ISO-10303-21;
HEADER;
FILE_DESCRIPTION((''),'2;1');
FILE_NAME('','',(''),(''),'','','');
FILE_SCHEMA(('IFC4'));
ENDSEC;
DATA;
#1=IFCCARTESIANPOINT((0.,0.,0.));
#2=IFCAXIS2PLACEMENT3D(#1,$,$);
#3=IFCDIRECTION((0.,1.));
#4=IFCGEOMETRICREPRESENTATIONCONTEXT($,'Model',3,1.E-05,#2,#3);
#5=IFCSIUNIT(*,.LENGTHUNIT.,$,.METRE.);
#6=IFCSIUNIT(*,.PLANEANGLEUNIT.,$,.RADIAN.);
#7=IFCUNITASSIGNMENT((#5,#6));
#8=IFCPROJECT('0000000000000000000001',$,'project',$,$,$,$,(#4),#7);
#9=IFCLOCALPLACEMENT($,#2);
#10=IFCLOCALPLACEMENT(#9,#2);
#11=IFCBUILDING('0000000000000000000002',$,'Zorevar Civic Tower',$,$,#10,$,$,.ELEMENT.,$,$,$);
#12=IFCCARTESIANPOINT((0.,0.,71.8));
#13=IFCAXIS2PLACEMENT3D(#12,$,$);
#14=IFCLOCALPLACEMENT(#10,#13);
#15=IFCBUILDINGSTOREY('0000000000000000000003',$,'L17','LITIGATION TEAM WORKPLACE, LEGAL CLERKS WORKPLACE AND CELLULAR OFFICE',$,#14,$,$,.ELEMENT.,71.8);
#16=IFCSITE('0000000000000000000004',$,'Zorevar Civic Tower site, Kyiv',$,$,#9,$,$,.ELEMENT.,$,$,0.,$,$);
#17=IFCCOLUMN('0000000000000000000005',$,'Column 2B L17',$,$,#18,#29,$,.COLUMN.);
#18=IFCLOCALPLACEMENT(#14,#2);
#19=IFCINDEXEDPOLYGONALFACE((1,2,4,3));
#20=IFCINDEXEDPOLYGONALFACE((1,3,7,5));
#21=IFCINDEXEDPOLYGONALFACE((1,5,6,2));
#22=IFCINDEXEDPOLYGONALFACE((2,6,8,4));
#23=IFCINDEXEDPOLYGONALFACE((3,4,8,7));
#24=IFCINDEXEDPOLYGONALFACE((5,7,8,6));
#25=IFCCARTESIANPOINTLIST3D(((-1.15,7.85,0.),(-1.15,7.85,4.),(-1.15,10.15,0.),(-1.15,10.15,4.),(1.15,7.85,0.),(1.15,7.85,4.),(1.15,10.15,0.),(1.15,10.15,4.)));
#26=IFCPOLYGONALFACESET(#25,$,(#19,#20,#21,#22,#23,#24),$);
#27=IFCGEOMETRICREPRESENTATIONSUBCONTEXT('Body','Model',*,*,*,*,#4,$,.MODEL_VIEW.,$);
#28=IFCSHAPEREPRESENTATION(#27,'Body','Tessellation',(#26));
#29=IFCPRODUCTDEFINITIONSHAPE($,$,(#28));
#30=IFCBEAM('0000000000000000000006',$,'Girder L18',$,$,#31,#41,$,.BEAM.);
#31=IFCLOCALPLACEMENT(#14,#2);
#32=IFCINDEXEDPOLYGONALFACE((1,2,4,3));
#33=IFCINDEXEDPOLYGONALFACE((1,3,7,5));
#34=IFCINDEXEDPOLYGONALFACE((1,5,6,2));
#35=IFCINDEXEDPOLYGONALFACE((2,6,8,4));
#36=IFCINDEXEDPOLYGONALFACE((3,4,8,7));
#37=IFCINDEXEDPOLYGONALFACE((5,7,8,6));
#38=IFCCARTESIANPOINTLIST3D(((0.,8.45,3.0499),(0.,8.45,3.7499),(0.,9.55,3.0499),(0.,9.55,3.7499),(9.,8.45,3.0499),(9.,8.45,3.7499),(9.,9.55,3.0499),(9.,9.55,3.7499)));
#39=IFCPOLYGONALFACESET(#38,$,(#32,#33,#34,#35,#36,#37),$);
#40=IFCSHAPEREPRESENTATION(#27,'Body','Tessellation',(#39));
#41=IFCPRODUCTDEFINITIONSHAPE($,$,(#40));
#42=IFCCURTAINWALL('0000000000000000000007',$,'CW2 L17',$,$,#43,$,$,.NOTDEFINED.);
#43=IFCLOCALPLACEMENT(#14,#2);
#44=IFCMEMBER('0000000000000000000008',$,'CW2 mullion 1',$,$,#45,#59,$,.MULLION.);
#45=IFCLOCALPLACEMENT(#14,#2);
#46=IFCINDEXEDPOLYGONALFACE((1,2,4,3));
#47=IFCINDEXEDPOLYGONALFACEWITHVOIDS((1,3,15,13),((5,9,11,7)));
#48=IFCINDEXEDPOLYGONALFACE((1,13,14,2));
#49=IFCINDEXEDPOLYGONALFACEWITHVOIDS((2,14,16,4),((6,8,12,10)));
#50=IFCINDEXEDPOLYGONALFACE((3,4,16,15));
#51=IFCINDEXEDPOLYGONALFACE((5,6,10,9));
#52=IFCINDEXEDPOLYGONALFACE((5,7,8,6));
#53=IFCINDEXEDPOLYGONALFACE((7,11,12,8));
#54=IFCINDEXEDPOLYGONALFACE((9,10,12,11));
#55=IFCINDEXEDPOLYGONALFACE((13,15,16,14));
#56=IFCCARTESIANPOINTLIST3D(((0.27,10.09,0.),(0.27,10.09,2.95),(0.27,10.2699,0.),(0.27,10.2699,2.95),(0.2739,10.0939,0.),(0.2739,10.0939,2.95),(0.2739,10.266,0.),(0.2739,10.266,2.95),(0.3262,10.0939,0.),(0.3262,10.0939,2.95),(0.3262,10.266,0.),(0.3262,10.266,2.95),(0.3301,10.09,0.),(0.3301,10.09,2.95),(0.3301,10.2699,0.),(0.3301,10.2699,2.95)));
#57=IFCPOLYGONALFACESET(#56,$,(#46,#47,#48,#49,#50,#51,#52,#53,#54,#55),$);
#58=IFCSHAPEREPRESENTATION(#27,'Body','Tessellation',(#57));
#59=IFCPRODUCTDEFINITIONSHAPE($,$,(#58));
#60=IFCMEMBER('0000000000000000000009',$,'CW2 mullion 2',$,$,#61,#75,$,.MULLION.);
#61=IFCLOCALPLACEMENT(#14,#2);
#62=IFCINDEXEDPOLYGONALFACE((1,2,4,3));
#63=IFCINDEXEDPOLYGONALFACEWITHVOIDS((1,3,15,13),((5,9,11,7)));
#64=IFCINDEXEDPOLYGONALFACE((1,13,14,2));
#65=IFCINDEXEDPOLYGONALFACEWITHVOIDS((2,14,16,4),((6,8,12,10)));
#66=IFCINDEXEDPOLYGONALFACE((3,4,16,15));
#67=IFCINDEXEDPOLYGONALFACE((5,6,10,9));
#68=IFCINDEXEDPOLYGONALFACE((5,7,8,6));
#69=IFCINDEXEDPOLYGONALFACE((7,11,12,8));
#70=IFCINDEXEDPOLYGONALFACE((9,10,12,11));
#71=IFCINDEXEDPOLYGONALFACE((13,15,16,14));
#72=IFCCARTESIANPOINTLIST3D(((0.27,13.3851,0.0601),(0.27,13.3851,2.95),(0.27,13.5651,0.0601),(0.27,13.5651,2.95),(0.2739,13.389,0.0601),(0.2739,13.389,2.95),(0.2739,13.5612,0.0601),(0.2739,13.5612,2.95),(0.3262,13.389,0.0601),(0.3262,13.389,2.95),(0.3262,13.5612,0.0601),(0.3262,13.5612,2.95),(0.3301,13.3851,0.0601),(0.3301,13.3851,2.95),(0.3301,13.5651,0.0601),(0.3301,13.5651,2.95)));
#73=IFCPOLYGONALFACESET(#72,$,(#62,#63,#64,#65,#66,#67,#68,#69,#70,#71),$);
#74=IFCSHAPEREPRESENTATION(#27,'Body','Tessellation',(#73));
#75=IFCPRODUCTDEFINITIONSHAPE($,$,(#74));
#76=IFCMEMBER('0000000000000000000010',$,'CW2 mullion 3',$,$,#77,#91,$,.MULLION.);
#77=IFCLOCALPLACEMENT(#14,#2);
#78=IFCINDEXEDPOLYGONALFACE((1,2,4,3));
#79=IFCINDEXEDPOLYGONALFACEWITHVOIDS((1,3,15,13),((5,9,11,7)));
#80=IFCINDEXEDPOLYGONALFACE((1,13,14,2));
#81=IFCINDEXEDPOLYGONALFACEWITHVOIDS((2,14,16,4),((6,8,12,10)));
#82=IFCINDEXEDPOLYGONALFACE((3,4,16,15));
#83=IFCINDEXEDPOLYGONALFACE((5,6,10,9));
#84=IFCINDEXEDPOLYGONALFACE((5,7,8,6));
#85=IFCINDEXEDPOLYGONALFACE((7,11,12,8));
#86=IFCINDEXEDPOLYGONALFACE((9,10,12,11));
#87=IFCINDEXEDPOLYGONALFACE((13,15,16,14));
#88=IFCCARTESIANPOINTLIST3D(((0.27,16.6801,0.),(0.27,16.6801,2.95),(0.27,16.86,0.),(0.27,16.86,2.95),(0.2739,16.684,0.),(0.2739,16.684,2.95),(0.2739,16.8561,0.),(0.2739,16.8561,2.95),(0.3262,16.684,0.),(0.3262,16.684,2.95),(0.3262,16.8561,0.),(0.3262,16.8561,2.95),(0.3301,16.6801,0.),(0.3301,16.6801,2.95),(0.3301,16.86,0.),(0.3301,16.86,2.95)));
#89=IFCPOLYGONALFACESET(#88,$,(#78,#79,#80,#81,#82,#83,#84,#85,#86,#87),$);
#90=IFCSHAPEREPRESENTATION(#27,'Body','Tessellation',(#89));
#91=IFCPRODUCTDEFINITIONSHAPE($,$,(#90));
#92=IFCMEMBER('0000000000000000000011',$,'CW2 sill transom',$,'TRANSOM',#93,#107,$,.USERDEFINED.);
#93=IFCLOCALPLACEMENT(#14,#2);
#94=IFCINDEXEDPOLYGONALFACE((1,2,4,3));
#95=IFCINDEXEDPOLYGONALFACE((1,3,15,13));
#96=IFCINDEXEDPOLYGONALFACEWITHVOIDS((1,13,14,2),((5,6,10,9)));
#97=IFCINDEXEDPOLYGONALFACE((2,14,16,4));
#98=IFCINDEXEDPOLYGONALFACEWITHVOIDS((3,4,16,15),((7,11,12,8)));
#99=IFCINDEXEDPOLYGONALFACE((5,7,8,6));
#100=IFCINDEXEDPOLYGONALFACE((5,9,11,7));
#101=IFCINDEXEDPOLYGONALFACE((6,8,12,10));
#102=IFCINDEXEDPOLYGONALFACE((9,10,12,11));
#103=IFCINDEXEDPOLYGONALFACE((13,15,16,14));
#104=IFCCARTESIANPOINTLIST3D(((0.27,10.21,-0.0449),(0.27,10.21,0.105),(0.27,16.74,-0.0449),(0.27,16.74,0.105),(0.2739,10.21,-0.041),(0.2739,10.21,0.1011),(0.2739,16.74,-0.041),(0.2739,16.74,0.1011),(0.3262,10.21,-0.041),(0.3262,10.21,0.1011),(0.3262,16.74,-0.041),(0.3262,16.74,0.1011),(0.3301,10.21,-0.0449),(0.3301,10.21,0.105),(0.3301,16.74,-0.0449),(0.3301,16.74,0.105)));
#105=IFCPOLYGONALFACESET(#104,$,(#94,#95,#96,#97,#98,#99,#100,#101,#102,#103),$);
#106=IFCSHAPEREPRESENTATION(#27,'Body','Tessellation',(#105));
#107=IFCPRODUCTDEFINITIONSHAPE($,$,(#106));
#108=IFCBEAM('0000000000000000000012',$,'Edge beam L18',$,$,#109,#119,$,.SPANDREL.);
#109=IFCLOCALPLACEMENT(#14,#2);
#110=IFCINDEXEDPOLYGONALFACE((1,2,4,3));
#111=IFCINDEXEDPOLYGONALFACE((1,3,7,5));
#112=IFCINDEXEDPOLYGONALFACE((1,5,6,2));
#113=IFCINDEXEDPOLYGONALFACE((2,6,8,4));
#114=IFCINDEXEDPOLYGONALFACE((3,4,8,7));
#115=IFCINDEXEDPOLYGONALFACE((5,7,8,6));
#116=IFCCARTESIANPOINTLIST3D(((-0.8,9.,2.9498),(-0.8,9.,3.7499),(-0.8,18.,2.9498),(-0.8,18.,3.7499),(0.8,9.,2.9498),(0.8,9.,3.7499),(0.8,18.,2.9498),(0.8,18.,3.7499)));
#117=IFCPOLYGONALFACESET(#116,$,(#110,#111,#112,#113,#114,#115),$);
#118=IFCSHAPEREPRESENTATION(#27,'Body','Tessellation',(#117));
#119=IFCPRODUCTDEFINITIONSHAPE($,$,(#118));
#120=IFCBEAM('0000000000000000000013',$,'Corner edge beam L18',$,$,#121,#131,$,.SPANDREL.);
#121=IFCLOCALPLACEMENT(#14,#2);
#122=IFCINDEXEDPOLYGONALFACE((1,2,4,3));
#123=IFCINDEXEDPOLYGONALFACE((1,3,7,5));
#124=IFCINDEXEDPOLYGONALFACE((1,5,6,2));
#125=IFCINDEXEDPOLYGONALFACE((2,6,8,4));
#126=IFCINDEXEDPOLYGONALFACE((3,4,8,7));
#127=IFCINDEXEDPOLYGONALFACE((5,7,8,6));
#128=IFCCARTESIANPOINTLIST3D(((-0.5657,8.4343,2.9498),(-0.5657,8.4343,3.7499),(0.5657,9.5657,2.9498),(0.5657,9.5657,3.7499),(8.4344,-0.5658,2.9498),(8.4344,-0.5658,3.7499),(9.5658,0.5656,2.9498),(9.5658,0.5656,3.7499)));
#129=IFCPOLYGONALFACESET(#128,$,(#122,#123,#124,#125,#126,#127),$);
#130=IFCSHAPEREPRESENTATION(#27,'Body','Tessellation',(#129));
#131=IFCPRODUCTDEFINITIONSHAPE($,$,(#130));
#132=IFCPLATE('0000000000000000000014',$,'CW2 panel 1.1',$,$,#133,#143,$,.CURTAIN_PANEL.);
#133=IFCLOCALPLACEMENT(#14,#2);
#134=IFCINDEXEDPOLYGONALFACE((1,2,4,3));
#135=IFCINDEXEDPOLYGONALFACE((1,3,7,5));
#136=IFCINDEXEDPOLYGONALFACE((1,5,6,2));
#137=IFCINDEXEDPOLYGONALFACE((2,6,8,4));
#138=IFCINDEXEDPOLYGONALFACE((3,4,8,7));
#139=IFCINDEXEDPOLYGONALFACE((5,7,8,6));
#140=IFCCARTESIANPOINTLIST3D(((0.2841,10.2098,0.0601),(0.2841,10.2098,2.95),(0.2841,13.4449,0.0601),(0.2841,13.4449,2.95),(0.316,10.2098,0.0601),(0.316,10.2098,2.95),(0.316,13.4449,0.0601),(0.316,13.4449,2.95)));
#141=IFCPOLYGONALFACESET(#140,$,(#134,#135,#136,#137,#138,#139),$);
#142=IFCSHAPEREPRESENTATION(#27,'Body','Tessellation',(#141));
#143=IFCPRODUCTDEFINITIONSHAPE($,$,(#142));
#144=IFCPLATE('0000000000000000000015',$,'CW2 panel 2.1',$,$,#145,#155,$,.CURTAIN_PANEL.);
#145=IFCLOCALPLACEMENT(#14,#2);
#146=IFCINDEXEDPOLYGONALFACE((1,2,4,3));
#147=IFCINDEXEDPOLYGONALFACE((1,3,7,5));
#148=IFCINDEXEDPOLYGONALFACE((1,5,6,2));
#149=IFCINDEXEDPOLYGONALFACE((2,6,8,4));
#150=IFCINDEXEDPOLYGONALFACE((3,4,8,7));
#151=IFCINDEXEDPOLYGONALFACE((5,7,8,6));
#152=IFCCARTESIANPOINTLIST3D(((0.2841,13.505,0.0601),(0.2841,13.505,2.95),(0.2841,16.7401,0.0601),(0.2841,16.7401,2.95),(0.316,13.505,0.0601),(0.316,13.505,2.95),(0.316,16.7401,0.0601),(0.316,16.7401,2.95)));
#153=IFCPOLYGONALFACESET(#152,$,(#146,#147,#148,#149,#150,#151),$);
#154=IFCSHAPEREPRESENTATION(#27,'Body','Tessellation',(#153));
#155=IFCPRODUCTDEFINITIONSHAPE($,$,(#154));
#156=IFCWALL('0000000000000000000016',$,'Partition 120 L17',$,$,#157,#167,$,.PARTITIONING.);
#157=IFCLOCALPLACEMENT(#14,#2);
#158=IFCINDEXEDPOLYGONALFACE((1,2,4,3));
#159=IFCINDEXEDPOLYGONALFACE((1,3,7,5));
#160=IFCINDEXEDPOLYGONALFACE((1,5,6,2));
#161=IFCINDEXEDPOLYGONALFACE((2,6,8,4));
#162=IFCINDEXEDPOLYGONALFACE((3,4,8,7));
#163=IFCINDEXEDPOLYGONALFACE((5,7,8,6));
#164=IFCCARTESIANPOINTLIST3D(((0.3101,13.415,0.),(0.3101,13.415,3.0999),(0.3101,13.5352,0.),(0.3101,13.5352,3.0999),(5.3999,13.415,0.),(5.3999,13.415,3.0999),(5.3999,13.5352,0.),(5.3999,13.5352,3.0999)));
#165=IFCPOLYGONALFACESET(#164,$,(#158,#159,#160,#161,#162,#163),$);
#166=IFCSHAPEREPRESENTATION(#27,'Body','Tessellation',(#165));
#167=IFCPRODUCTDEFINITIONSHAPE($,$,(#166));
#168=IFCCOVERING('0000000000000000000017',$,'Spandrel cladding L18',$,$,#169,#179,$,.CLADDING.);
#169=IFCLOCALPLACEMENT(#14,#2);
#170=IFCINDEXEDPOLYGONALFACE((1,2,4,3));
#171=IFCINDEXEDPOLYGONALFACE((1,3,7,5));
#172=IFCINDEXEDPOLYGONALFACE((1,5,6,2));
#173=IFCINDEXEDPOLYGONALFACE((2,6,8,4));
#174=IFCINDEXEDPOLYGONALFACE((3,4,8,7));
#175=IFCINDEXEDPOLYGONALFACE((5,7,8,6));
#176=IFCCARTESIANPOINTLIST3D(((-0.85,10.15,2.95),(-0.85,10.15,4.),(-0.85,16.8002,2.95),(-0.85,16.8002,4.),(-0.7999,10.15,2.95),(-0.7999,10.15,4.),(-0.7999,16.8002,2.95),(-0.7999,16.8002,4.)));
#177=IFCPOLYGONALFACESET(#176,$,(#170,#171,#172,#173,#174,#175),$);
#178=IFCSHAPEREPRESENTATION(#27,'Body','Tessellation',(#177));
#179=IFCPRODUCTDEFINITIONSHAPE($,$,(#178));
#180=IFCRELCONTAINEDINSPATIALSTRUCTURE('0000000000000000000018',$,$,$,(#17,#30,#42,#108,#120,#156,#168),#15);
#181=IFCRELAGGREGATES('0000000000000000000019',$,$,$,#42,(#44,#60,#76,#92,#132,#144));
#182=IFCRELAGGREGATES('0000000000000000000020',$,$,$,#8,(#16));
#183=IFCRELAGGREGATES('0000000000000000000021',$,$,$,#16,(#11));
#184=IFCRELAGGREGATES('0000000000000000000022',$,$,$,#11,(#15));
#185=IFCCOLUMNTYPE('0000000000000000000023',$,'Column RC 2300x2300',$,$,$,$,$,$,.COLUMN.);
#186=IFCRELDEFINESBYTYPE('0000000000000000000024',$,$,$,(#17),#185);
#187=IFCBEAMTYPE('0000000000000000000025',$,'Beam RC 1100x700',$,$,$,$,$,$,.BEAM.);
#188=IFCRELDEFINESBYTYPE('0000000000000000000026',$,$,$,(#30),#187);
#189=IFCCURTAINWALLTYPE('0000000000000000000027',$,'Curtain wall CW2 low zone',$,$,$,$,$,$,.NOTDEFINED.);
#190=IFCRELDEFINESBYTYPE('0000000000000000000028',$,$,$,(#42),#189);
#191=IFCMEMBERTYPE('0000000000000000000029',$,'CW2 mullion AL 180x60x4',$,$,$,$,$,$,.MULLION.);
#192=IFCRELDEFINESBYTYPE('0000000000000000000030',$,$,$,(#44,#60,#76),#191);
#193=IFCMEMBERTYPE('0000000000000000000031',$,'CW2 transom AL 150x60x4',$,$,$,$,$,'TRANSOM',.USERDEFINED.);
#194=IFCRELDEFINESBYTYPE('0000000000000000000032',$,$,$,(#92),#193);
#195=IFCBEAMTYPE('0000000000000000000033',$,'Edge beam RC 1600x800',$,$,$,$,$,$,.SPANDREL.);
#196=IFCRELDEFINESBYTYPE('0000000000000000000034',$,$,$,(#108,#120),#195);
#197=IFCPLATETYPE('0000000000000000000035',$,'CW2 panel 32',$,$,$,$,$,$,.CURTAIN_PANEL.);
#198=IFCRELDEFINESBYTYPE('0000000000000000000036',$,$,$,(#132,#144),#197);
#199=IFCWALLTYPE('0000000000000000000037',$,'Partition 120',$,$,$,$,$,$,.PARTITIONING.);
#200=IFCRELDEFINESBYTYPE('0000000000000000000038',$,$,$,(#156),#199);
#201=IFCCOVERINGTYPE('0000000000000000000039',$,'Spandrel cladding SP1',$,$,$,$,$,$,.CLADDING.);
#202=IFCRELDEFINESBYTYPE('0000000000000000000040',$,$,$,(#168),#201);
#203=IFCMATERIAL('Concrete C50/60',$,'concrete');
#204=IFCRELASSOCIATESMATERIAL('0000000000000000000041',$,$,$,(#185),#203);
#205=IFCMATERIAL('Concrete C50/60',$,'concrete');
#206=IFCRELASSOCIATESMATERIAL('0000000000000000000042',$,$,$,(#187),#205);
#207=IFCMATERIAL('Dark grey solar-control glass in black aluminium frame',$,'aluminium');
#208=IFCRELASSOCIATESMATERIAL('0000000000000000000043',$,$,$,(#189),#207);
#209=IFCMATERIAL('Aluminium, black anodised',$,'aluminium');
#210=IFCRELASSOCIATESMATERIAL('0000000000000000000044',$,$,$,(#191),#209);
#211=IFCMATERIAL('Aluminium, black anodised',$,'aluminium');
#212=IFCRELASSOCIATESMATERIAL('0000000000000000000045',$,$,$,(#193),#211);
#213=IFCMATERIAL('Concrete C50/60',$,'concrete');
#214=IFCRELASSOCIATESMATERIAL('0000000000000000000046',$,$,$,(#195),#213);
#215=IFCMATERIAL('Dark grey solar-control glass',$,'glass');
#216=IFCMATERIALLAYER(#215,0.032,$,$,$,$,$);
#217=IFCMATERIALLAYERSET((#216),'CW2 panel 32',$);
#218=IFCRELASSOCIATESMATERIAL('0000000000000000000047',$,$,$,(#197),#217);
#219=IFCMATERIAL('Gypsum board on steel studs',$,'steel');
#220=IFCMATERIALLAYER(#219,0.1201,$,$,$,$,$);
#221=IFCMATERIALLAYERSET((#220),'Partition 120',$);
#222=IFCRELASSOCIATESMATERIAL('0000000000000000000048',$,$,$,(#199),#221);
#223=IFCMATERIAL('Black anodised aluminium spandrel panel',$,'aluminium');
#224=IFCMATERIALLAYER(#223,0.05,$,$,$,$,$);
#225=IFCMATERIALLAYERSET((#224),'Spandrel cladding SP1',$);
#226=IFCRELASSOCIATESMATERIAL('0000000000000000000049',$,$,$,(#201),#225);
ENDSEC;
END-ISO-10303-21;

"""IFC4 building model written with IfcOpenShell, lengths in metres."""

from ifc_helpers import new_model, si_unit, direction, frame, frame_2d, origin, origin_2d, place, context, subcontext, project, spatial, rectangle, hollow_rectangle, extrude, material, layer, layer_set, material_profile, profile_set, type_object, element, aggregate, save


model = new_model("IFC4")

# Units and contexts
model_context = context("Model", 3, precision=1e-05, world=origin(), true_north=direction((0.0, 1.0)))
body_context = subcontext(model_context, "Body", "Model", "MODEL_VIEW")
ifc_project = project(units=[si_unit("LENGTHUNIT", "METRE"), si_unit("PLANEANGLEUNIT", "RADIAN")], contexts=[model_context])

# Site, building, storey
site_placement = place(None, origin())
site = spatial("IfcSite", under=ifc_project, at=site_placement, Name="Zorevar Civic Tower site, Kyiv", CompositionType="ELEMENT", RefElevation=0.0)
building_placement = place(site_placement, origin())
building = spatial("IfcBuilding", under=site, at=building_placement, Name="Zorevar Civic Tower", CompositionType="ELEMENT")
storey_placement = place(building_placement, frame((0.0, 0.0, 71.8)))
storey = spatial("IfcBuildingStorey", under=building, at=storey_placement, Name="L17", Description="LITIGATION TEAM WORKPLACE, LEGAL CLERKS WORKPLACE AND CELLULAR OFFICE", CompositionType="ELEMENT", Elevation=71.8)

# Column
ifc_material_1 = material(Name="Concrete C50/60", Category="concrete")
ifc_material_profile_1 = material_profile(ifc_material_1, rectangle(XDim=2.3, YDim=2.3, at=origin_2d()), Name="RC 2300x2300")
ifc_profile_set_1 = profile_set([ifc_material_profile_1], Name="Concrete C50/60")
column_type = type_object("IfcColumnType", Name="Column RC 2300x2300", PredefinedType="COLUMN", material=ifc_profile_set_1)
column_placement = place(storey_placement, frame((0.0, 9.0, 0.0), z_axis=(0.0, 0.0, 1.0), x_axis=(1.0, 0.0, 0.0)))
element("IfcColumn", 1, at=column_placement, inside=storey, type_object=column_type, Name="Column 2B L17", PredefinedType="COLUMN", context=body_context, shape_type="SweptSolid", body=[
    extrude(rectangle(XDim=2.3, YDim=2.3, at=origin_2d()), origin(), (0.0, 0.0, 1.0), 4.0),
])

# Beam
ifc_material_2 = material(Name="Concrete C50/60", Category="concrete")
ifc_material_profile_2 = material_profile(ifc_material_2, rectangle(XDim=1.1001, YDim=0.7, at=origin_2d()), Name="RC 1100x700")
ifc_profile_set_2 = profile_set([ifc_material_profile_2], Name="Concrete C50/60")
beam_type_1 = type_object("IfcBeamType", Name="Beam RC 1100x700", PredefinedType="BEAM", material=ifc_profile_set_2)
beam_1_placement = place(storey_placement, frame((0.0, 9.0, 3.3999), z_axis=(1.0, 0.0, 0.0), x_axis=(0.0, 1.0, 0.0)))
element("IfcBeam", 2, at=beam_1_placement, inside=storey, type_object=beam_type_1, Name="Girder L18", PredefinedType="BEAM", context=body_context, shape_type="SweptSolid", body=[
    extrude(rectangle(XDim=1.1001, YDim=0.7, at=origin_2d()), origin(), (0.0, 0.0, 1.0), 9.0),
])

# Curtain wall, members
ifc_material_3 = material(Name="Dark grey solar-control glass in black aluminium frame", Category="aluminium")
curtain_wall_type = type_object("IfcCurtainWallType", Name="Curtain wall CW2 low zone", PredefinedType="NOTDEFINED", material=ifc_material_3)
curtain_wall_placement = place(storey_placement, origin())
curtain_wall = element("IfcCurtainWall", 3, at=curtain_wall_placement, inside=storey, type_object=curtain_wall_type, Name="CW2 L17", PredefinedType="NOTDEFINED")
ifc_material_4 = material(Name="Aluminium, black anodised", Category="aluminium")
ifc_material_profile_3 = material_profile(ifc_material_4, hollow_rectangle(XDim=0.0601, YDim=0.1799, WallThickness=0.0039, at=origin_2d()), Name="AL 180x60x4")
ifc_profile_set_3 = profile_set([ifc_material_profile_3], Name="Aluminium, black anodised")
member_type_1 = type_object("IfcMemberType", Name="CW2 mullion AL 180x60x4", PredefinedType="MULLION", material=ifc_profile_set_3)
member_1_placement = place(storey_placement, frame((0.3, 10.1799, 0.0), z_axis=(0.0, 0.0, 1.0), x_axis=(-1.0, 0.0, 0.0)))
member_1 = element("IfcMember", 4, at=member_1_placement, type_object=member_type_1, Name="CW2 mullion 1", PredefinedType="MULLION", context=body_context, shape_type="SweptSolid", body=[
    extrude(hollow_rectangle(XDim=0.0601, YDim=0.1799, WallThickness=0.0039, at=origin_2d()), origin(), (0.0, 0.0, 1.0), 2.95),
])
member_2_placement = place(storey_placement, frame((0.3, 13.4751, 0.0601), z_axis=(0.0, 0.0, 1.0), x_axis=(-1.0, 0.0, 0.0)))
member_2 = element("IfcMember", 5, at=member_2_placement, type_object=member_type_1, Name="CW2 mullion 2", PredefinedType="MULLION", context=body_context, shape_type="SweptSolid", body=[
    extrude(hollow_rectangle(XDim=0.0601, YDim=0.1799, WallThickness=0.0039, at=origin_2d()), origin(), (0.0, 0.0, 1.0), 2.8899),
])
member_3_placement = place(storey_placement, frame((0.3, 16.77, 0.0), z_axis=(0.0, 0.0, 1.0), x_axis=(-1.0, 0.0, 0.0)))
member_3 = element("IfcMember", 6, at=member_3_placement, type_object=member_type_1, Name="CW2 mullion 3", PredefinedType="MULLION", context=body_context, shape_type="SweptSolid", body=[
    extrude(hollow_rectangle(XDim=0.0601, YDim=0.1799, WallThickness=0.0039, at=origin_2d()), origin(), (0.0, 0.0, 1.0), 2.95),
])
ifc_material_5 = material(Name="Aluminium, black anodised", Category="aluminium")
ifc_material_profile_4 = material_profile(ifc_material_5, hollow_rectangle(XDim=0.0601, YDim=0.1499, WallThickness=0.0039, at=origin_2d()), Name="AL 150x60x4")
ifc_profile_set_4 = profile_set([ifc_material_profile_4], Name="Aluminium, black anodised")
member_type_2 = type_object("IfcMemberType", Name="CW2 transom AL 150x60x4", ElementType="TRANSOM", PredefinedType="USERDEFINED", material=ifc_profile_set_4)
member_4_placement = place(storey_placement, frame((0.3, 10.21, 0.03), z_axis=(0.0, 1.0, 0.0), x_axis=(-1.0, 0.0, 0.0)))
member_4 = element("IfcMember", 7, at=member_4_placement, type_object=member_type_2, Name="CW2 sill transom", ObjectType="TRANSOM", PredefinedType="USERDEFINED", context=body_context, shape_type="SweptSolid", body=[
    extrude(hollow_rectangle(XDim=0.0601, YDim=0.1499, WallThickness=0.0039, at=origin_2d()), origin(), (0.0, 0.0, 1.0), 6.53),
])

# Beams
ifc_material_6 = material(Name="Concrete C50/60", Category="concrete")
ifc_material_profile_5 = material_profile(ifc_material_6, rectangle(XDim=1.6001, YDim=0.8, at=origin_2d()), Name="RC 1600x800")
ifc_profile_set_5 = profile_set([ifc_material_profile_5], Name="Concrete C50/60")
beam_type_2 = type_object("IfcBeamType", Name="Edge beam RC 1600x800", PredefinedType="SPANDREL", material=ifc_profile_set_5)
beam_2_placement = place(storey_placement, frame((0.0, 9.0, 3.3499), z_axis=(0.0, 1.0, 0.0), x_axis=(-1.0, 0.0, 0.0)))
element("IfcBeam", 8, at=beam_2_placement, inside=storey, type_object=beam_type_2, Name="Edge beam L18", PredefinedType="SPANDREL", context=body_context, shape_type="SweptSolid", body=[
    extrude(rectangle(XDim=1.6001, YDim=0.8, at=origin_2d()), origin(), (0.0, 0.0, 1.0), 9.0),
])
beam_3_placement = place(storey_placement, frame((0.0, 9.0, 3.3499), z_axis=(0.707107, -0.707107, 0.0), x_axis=(0.707107, 0.707107, 0.0)))
element("IfcBeam", 9, at=beam_3_placement, inside=storey, type_object=beam_type_2, Name="Corner edge beam L18", PredefinedType="SPANDREL", context=body_context, shape_type="SweptSolid", body=[
    extrude(rectangle(XDim=1.6001, YDim=0.8, at=origin_2d()), origin(), (0.0, 0.0, 1.0), 12.728),
])

# Plates
ifc_material_7 = material(Name="Dark grey solar-control glass", Category="glass")
ifc_layer_1 = layer(ifc_material_7, 0.032)
ifc_layer_set_1 = layer_set([ifc_layer_1], Name="CW2 panel 32")
plate_type = type_object("IfcPlateType", Name="CW2 panel 32", PredefinedType="CURTAIN_PANEL", material=ifc_layer_set_1)
plate_1_placement = place(storey_placement, frame((0.3, 11.8274, 0.0601), z_axis=(0.0, 0.0, 1.0), x_axis=(0.0, 1.0, 0.0)))
plate_1 = element("IfcPlate", 10, at=plate_1_placement, type_object=plate_type, Name="CW2 panel 1.1", PredefinedType="CURTAIN_PANEL", context=body_context, shape_type="SweptSolid", body=[
    extrude(rectangle(XDim=3.2351, YDim=0.032, at=origin_2d()), origin(), (0.0, 0.0, 1.0), 2.8899),
])
plate_2_placement = place(storey_placement, frame((0.3, 15.1226, 0.0601), z_axis=(0.0, 0.0, 1.0), x_axis=(0.0, 1.0, 0.0)))
plate_2 = element("IfcPlate", 11, at=plate_2_placement, type_object=plate_type, Name="CW2 panel 2.1", PredefinedType="CURTAIN_PANEL", context=body_context, shape_type="SweptSolid", body=[
    extrude(rectangle(XDim=3.2351, YDim=0.032, at=origin_2d()), origin(), (0.0, 0.0, 1.0), 2.8899),
])
aggregate(curtain_wall, [member_1, member_2, member_3, member_4, plate_1, plate_2])

# Wall
ifc_material_8 = material(Name="Gypsum board on steel studs", Category="steel")
ifc_layer_2 = layer(ifc_material_8, 0.1201)
ifc_layer_set_2 = layer_set([ifc_layer_2], Name="Partition 120")
wall_type = type_object("IfcWallType", Name="Partition 120", PredefinedType="PARTITIONING", material=ifc_layer_set_2)
wall_placement = place(storey_placement, frame((0.3101, 13.4751, 0.0), z_axis=(0.0, 0.0, 1.0), x_axis=(1.0, 0.0, 0.0)))
element("IfcWall", 12, at=wall_placement, inside=storey, type_object=wall_type, Name="Partition 120 L17", PredefinedType="PARTITIONING", context=body_context, shape_type="SweptSolid", body=[
    extrude(rectangle(XDim=5.0898, YDim=0.1201, at=frame_2d((2.5449, 0.0))), origin(), (0.0, 0.0, 1.0), 3.0999),
])

# Covering
ifc_material_9 = material(Name="Black anodised aluminium spandrel panel", Category="aluminium")
ifc_layer_3 = layer(ifc_material_9, 0.05)
ifc_layer_set_3 = layer_set([ifc_layer_3], Name="Spandrel cladding SP1")
covering_type_1 = type_object("IfcCoveringType", Name="Spandrel cladding SP1", PredefinedType="CLADDING", material=ifc_layer_set_3)
covering_1_placement = place(storey_placement, frame((-0.825, 10.1499, 2.95), z_axis=(0.0, 0.0, 1.0), x_axis=(0.0, 1.0, 0.0)))
element("IfcCovering", 13, at=covering_1_placement, inside=storey, type_object=covering_type_1, Name="Spandrel cladding L18", PredefinedType="CLADDING", context=body_context, shape_type="SweptSolid", body=[
    extrude(rectangle(XDim=6.6501, YDim=0.05, at=frame_2d((3.3252, 0.0))), origin(), (0.0, 0.0, 1.0), 1.05),
])

save(model, "model.ifc")
